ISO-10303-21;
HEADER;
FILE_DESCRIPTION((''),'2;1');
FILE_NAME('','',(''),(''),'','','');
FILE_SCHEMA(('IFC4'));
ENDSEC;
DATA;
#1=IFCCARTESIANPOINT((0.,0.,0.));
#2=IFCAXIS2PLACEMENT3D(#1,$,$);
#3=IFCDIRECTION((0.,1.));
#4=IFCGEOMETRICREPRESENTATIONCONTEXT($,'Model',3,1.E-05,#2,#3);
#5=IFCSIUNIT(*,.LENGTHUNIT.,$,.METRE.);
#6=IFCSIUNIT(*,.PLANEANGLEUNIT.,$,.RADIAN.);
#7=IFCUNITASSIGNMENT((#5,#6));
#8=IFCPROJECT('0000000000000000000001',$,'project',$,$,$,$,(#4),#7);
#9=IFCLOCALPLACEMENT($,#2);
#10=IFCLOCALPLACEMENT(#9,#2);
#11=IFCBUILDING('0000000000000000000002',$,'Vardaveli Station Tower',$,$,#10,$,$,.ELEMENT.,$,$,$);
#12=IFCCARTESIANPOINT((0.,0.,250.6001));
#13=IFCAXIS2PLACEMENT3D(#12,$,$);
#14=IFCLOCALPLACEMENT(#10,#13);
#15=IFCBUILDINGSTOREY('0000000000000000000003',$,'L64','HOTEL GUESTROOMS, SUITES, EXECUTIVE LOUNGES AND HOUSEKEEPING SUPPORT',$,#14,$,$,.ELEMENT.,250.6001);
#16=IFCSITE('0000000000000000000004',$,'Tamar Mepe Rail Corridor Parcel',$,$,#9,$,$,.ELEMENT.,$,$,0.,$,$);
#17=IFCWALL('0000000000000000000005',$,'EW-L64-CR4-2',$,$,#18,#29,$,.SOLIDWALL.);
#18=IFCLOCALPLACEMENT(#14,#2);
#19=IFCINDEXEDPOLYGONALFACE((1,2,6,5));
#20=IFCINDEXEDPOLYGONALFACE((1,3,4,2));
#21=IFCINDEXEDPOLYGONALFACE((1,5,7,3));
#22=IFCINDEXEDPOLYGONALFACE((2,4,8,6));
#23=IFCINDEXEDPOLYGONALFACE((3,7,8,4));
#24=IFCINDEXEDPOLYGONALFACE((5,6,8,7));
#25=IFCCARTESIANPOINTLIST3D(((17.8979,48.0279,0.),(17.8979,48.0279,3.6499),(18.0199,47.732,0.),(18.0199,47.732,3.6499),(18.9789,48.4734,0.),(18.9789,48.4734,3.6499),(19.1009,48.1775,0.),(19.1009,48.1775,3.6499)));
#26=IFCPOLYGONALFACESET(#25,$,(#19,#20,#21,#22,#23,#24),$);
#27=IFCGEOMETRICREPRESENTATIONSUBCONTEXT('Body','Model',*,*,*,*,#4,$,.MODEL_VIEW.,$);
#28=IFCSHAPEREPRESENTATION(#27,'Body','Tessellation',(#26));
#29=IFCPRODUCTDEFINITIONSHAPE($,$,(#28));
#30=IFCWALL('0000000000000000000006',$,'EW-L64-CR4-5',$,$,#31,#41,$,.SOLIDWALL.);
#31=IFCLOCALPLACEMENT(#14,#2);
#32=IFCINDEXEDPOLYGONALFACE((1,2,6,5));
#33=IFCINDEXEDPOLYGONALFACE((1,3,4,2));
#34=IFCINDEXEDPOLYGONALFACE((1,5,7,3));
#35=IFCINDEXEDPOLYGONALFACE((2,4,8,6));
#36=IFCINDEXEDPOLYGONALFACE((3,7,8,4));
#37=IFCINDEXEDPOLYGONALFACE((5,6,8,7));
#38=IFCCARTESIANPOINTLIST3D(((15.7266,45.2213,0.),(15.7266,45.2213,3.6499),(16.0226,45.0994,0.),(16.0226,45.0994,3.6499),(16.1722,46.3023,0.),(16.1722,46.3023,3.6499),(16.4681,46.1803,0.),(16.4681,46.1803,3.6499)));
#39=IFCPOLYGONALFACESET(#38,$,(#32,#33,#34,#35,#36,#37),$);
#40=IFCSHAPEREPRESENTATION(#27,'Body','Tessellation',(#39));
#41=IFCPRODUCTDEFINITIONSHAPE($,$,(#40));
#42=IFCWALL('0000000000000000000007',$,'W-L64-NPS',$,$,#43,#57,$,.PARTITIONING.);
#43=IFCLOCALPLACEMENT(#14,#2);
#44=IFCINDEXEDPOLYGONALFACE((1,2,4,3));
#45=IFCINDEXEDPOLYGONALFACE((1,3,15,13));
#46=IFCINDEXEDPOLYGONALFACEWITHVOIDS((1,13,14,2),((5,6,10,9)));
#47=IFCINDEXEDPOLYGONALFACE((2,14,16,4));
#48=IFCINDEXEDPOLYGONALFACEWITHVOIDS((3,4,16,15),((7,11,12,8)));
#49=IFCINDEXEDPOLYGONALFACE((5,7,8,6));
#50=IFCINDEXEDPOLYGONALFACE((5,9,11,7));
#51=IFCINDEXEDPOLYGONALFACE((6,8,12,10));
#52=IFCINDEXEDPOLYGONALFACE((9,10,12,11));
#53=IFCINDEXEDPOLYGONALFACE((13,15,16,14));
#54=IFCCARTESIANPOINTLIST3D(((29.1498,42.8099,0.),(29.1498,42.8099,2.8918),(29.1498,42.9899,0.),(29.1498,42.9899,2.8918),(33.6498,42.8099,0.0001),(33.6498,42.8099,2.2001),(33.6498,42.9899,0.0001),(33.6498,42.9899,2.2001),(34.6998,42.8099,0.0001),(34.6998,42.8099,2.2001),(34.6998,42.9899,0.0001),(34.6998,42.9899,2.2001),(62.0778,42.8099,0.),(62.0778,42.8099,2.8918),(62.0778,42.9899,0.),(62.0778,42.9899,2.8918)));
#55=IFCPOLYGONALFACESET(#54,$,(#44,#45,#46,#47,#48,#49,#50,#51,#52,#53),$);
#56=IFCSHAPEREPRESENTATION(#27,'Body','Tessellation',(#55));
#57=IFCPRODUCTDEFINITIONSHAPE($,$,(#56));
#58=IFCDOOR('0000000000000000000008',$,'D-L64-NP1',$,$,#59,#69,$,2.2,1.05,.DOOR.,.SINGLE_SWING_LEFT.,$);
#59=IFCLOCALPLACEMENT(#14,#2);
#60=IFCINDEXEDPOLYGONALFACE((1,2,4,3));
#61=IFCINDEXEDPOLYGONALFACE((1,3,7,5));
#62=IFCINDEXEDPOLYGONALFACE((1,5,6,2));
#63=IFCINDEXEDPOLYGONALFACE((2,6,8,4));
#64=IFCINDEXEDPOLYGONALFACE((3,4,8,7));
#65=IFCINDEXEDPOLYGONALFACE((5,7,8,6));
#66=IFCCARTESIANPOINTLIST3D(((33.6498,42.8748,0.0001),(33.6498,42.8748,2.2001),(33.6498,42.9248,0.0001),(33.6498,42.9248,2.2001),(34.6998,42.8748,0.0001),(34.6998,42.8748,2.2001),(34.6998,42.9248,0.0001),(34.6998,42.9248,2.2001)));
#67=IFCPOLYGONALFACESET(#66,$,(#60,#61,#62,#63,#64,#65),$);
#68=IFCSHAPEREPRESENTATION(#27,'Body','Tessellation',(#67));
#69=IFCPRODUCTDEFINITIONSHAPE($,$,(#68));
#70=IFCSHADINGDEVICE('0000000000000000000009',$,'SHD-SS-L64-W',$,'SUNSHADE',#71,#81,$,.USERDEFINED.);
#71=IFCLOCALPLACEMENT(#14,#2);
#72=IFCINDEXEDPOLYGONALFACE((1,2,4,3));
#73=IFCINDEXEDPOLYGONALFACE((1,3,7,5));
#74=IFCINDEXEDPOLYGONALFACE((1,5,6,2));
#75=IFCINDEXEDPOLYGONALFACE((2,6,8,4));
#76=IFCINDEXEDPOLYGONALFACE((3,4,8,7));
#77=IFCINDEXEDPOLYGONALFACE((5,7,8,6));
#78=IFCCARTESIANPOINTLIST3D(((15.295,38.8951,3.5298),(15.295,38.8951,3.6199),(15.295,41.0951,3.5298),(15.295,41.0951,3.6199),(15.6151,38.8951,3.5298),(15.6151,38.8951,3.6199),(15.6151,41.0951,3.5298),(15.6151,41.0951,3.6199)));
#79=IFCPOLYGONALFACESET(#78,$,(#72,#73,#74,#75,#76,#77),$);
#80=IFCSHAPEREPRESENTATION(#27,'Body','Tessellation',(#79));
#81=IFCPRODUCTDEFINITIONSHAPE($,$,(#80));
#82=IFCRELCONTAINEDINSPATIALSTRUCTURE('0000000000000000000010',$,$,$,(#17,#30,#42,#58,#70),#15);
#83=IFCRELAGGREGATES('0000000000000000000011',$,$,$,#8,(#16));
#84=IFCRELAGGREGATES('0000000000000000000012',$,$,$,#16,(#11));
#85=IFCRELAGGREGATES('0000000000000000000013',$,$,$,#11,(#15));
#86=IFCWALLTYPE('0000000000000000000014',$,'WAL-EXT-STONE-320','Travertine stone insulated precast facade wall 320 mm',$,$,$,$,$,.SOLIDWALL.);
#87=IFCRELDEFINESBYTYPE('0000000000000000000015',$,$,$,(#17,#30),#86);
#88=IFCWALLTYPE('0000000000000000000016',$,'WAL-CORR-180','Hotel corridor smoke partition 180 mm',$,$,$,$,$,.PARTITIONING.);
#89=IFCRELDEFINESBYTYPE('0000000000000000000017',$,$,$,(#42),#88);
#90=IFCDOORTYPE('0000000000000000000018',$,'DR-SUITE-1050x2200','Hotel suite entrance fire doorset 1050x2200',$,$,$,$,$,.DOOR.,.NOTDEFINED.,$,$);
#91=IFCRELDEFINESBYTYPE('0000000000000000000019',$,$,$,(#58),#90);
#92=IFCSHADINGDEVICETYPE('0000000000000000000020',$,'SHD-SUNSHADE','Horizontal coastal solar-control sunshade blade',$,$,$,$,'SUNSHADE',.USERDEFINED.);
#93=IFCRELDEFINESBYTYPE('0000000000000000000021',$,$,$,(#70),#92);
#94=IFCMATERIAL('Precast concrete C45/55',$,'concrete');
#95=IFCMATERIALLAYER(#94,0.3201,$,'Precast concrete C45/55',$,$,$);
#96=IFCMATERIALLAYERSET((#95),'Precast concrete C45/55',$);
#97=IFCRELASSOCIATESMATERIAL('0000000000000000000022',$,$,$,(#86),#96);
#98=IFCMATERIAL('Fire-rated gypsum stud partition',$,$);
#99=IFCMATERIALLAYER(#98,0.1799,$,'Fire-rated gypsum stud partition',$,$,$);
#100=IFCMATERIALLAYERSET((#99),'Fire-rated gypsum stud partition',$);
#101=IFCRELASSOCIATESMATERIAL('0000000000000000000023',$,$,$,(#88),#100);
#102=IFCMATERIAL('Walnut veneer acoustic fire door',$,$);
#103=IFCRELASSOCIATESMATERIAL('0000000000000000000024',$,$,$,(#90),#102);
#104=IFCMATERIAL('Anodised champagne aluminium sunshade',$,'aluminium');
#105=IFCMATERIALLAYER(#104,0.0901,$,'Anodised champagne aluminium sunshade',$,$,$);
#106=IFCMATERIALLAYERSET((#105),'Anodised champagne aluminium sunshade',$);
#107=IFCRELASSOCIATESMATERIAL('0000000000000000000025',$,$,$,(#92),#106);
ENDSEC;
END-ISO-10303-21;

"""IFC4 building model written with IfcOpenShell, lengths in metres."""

from ifc_helpers import new_model, si_unit, direction, frame, frame_2d, origin, origin_2d, place, context, subcontext, project, spatial, rectangle, extrude, source, transform, mapped, material, layer, layer_set, type_object, element, fill, save


model = new_model("IFC4")

# Units and contexts
model_context = context("Model", 3, precision=1e-05, world=origin(), true_north=direction((0.0, 1.0)))
body_context = subcontext(model_context, "Body", "Model", "MODEL_VIEW")
ifc_project = project(units=[si_unit("LENGTHUNIT", "METRE"), si_unit("PLANEANGLEUNIT", "RADIAN")], contexts=[model_context])

# Site, building, storey
site_placement = place(None, origin())
site = spatial("IfcSite", under=ifc_project, at=site_placement, Name="Tamar Mepe Rail Corridor Parcel", CompositionType="ELEMENT", RefElevation=0.0)
building_placement = place(site_placement, origin())
building = spatial("IfcBuilding", under=site, at=building_placement, Name="Vardaveli Station Tower", CompositionType="ELEMENT")
storey_placement = place(building_placement, frame((0.0, 0.0, 250.6001)))
storey = spatial("IfcBuildingStorey", under=building, at=storey_placement, Name="L64", Description="HOTEL GUESTROOMS, SUITES, EXECUTIVE LOUNGES AND HOUSEKEEPING SUPPORT", CompositionType="ELEMENT", Elevation=250.6001)

# Shared definitions
ifc_material_1 = material(Name="Precast concrete C45/55", Category="concrete")

# Shared definitions
ifc_layer_1 = layer(ifc_material_1, 0.3201, Name="Precast concrete C45/55")
ifc_layer_set_1 = layer_set([ifc_layer_1], Name="Precast concrete C45/55")
wall_type_1 = type_object("IfcWallType", Name="WAL-EXT-STONE-320", Description="Travertine stone insulated precast facade wall 320 mm", PredefinedType="SOLIDWALL", material=ifc_layer_set_1)

# Walls
shared_shape_1 = source(origin(), body_context, "Body", "SweptSolid", [
    extrude(rectangle(XDim=1.1692, YDim=0.3201, at=frame_2d((0.5845, 0.0))), origin(), (0.0, 0.0, 1.0), 3.6499),
])
for number, where, z_axis, x_axis, name in (
    (1, (19.0398, 48.3254, 0.0), (0.0, 0.0, 1.0), (-0.924553, -0.381054, 0.0), "EW-L64-CR4-2"),
    (2, (16.3201, 46.2412, 0.0), (0.0, 0.0, 1.0), (-0.381054, -0.924553, 0.0), "EW-L64-CR4-5"),
):
    element("IfcWall", number, at=place(storey_placement, frame(where, z_axis=z_axis, x_axis=x_axis)), inside=storey, type_object=wall_type_1, Name=name, PredefinedType="SOLIDWALL", context=body_context, shape_type="MappedRepresentation", body=[
        mapped(shared_shape_1, transform((0.0, 0.0, 0.0), scale=1.0)),
    ])

# Wall, opening, door
ifc_material_2 = material(Name="Fire-rated gypsum stud partition")
ifc_layer_2 = layer(ifc_material_2, 0.1799, Name="Fire-rated gypsum stud partition")
ifc_layer_set_2 = layer_set([ifc_layer_2], Name="Fire-rated gypsum stud partition")
wall_type_2 = type_object("IfcWallType", Name="WAL-CORR-180", Description="Hotel corridor smoke partition 180 mm", PredefinedType="PARTITIONING", material=ifc_layer_set_2)
shared_shape_2 = source(origin(), body_context, "Body", "SweptSolid", [
    extrude(rectangle(XDim=32.928, YDim=0.1799, at=frame_2d((16.4639, 0.0))), origin(), (0.0, 0.0, 1.0), 2.8918),
])
wall_1_placement = place(storey_placement, frame((29.1499, 42.8999, 0.0), z_axis=(0.0, 0.0, 1.0), x_axis=(1.0, 0.0, 0.0)))
wall_1 = element("IfcWall", 3, at=wall_1_placement, inside=storey, type_object=wall_type_2, Name="W-L64-NPS", PredefinedType="PARTITIONING", context=body_context, shape_type="MappedRepresentation", body=[
    mapped(shared_shape_2, transform((0.0, 0.0, 0.0), scale=1.0)),
])
shared_shape_3 = source(origin(), body_context, "Body", "SweptSolid", [
    extrude(rectangle(XDim=1.05, YDim=2.2, at=frame_2d((0.5249, 1.1001))), frame((0.0, 0.1001, 0.0), z_axis=(0.0, -1.0, 0.0), x_axis=(1.0, 0.0, 0.0)), (0.0, 0.0, 1.0), 0.2),
])
opening_1_placement = place(wall_1_placement, frame((4.5, 0.0, 0.0)))
opening_1 = element("IfcOpeningElement", 4, at=opening_1_placement, cuts=wall_1, PredefinedType="OPENING", context=body_context, shape_type="MappedRepresentation", body=[
    mapped(shared_shape_3, transform((0.0, 0.0, 0.0), scale=1.0)),
])
ifc_material_3 = material(Name="Walnut veneer acoustic fire door")
door_type_1 = type_object("IfcDoorType", Name="DR-SUITE-1050x2200", Description="Hotel suite entrance fire doorset 1050x2200", OperationType="NOTDEFINED", PredefinedType="DOOR", material=ifc_material_3)
shared_shape_4 = source(origin(), body_context, "Body", "SweptSolid", [
    extrude(rectangle(XDim=1.05, YDim=2.2, at=frame_2d((0.5249, 1.1001))), frame((0.0, 0.0249, 0.0), z_axis=(0.0, -1.0, 0.0), x_axis=(1.0, 0.0, 0.0)), (0.0, 0.0, 1.0), 0.05),
])
door_1_placement = place(opening_1_placement, origin())
door_1 = element("IfcDoor", 5, at=door_1_placement, inside=storey, type_object=door_type_1, Name="D-L64-NP1", OperationType="SINGLE_SWING_LEFT", OverallHeight=2.2, OverallWidth=1.05, PredefinedType="DOOR", context=body_context, shape_type="MappedRepresentation", body=[
    mapped(shared_shape_4, transform((0.0, 0.0, 0.0), scale=1.0)),
])
fill(opening_1, door_1)

# Shading device
ifc_material_4 = material(Name="Anodised champagne aluminium sunshade", Category="aluminium")
ifc_layer_3 = layer(ifc_material_4, 0.0901, Name="Anodised champagne aluminium sunshade")
ifc_layer_set_3 = layer_set([ifc_layer_3], Name="Anodised champagne aluminium sunshade")
shading_device_type = type_object("IfcShadingDeviceType", Name="SHD-SUNSHADE", Description="Horizontal coastal solar-control sunshade blade", ElementType="SUNSHADE", PredefinedType="USERDEFINED", material=ifc_layer_set_3)
shared_shape_5 = source(origin(), body_context, "Body", "SweptSolid", [
    extrude(rectangle(XDim=2.2, YDim=0.3201, at=origin_2d()), origin(), (0.0, 0.0, 1.0), 0.0901),
])
shading_device_placement = place(storey_placement, frame((15.4551, 39.9951, 3.5298), z_axis=(0.0, 0.0, 1.0), x_axis=(0.0, 1.0, 0.0)))
element("IfcShadingDevice", 6, at=shading_device_placement, inside=storey, type_object=shading_device_type, Name="SHD-SS-L64-W", ObjectType="SUNSHADE", PredefinedType="USERDEFINED", context=body_context, shape_type="MappedRepresentation", body=[
    mapped(shared_shape_5, transform((0.0, 0.0, 0.0), scale=1.0)),
])

save(model, "model.ifc")
